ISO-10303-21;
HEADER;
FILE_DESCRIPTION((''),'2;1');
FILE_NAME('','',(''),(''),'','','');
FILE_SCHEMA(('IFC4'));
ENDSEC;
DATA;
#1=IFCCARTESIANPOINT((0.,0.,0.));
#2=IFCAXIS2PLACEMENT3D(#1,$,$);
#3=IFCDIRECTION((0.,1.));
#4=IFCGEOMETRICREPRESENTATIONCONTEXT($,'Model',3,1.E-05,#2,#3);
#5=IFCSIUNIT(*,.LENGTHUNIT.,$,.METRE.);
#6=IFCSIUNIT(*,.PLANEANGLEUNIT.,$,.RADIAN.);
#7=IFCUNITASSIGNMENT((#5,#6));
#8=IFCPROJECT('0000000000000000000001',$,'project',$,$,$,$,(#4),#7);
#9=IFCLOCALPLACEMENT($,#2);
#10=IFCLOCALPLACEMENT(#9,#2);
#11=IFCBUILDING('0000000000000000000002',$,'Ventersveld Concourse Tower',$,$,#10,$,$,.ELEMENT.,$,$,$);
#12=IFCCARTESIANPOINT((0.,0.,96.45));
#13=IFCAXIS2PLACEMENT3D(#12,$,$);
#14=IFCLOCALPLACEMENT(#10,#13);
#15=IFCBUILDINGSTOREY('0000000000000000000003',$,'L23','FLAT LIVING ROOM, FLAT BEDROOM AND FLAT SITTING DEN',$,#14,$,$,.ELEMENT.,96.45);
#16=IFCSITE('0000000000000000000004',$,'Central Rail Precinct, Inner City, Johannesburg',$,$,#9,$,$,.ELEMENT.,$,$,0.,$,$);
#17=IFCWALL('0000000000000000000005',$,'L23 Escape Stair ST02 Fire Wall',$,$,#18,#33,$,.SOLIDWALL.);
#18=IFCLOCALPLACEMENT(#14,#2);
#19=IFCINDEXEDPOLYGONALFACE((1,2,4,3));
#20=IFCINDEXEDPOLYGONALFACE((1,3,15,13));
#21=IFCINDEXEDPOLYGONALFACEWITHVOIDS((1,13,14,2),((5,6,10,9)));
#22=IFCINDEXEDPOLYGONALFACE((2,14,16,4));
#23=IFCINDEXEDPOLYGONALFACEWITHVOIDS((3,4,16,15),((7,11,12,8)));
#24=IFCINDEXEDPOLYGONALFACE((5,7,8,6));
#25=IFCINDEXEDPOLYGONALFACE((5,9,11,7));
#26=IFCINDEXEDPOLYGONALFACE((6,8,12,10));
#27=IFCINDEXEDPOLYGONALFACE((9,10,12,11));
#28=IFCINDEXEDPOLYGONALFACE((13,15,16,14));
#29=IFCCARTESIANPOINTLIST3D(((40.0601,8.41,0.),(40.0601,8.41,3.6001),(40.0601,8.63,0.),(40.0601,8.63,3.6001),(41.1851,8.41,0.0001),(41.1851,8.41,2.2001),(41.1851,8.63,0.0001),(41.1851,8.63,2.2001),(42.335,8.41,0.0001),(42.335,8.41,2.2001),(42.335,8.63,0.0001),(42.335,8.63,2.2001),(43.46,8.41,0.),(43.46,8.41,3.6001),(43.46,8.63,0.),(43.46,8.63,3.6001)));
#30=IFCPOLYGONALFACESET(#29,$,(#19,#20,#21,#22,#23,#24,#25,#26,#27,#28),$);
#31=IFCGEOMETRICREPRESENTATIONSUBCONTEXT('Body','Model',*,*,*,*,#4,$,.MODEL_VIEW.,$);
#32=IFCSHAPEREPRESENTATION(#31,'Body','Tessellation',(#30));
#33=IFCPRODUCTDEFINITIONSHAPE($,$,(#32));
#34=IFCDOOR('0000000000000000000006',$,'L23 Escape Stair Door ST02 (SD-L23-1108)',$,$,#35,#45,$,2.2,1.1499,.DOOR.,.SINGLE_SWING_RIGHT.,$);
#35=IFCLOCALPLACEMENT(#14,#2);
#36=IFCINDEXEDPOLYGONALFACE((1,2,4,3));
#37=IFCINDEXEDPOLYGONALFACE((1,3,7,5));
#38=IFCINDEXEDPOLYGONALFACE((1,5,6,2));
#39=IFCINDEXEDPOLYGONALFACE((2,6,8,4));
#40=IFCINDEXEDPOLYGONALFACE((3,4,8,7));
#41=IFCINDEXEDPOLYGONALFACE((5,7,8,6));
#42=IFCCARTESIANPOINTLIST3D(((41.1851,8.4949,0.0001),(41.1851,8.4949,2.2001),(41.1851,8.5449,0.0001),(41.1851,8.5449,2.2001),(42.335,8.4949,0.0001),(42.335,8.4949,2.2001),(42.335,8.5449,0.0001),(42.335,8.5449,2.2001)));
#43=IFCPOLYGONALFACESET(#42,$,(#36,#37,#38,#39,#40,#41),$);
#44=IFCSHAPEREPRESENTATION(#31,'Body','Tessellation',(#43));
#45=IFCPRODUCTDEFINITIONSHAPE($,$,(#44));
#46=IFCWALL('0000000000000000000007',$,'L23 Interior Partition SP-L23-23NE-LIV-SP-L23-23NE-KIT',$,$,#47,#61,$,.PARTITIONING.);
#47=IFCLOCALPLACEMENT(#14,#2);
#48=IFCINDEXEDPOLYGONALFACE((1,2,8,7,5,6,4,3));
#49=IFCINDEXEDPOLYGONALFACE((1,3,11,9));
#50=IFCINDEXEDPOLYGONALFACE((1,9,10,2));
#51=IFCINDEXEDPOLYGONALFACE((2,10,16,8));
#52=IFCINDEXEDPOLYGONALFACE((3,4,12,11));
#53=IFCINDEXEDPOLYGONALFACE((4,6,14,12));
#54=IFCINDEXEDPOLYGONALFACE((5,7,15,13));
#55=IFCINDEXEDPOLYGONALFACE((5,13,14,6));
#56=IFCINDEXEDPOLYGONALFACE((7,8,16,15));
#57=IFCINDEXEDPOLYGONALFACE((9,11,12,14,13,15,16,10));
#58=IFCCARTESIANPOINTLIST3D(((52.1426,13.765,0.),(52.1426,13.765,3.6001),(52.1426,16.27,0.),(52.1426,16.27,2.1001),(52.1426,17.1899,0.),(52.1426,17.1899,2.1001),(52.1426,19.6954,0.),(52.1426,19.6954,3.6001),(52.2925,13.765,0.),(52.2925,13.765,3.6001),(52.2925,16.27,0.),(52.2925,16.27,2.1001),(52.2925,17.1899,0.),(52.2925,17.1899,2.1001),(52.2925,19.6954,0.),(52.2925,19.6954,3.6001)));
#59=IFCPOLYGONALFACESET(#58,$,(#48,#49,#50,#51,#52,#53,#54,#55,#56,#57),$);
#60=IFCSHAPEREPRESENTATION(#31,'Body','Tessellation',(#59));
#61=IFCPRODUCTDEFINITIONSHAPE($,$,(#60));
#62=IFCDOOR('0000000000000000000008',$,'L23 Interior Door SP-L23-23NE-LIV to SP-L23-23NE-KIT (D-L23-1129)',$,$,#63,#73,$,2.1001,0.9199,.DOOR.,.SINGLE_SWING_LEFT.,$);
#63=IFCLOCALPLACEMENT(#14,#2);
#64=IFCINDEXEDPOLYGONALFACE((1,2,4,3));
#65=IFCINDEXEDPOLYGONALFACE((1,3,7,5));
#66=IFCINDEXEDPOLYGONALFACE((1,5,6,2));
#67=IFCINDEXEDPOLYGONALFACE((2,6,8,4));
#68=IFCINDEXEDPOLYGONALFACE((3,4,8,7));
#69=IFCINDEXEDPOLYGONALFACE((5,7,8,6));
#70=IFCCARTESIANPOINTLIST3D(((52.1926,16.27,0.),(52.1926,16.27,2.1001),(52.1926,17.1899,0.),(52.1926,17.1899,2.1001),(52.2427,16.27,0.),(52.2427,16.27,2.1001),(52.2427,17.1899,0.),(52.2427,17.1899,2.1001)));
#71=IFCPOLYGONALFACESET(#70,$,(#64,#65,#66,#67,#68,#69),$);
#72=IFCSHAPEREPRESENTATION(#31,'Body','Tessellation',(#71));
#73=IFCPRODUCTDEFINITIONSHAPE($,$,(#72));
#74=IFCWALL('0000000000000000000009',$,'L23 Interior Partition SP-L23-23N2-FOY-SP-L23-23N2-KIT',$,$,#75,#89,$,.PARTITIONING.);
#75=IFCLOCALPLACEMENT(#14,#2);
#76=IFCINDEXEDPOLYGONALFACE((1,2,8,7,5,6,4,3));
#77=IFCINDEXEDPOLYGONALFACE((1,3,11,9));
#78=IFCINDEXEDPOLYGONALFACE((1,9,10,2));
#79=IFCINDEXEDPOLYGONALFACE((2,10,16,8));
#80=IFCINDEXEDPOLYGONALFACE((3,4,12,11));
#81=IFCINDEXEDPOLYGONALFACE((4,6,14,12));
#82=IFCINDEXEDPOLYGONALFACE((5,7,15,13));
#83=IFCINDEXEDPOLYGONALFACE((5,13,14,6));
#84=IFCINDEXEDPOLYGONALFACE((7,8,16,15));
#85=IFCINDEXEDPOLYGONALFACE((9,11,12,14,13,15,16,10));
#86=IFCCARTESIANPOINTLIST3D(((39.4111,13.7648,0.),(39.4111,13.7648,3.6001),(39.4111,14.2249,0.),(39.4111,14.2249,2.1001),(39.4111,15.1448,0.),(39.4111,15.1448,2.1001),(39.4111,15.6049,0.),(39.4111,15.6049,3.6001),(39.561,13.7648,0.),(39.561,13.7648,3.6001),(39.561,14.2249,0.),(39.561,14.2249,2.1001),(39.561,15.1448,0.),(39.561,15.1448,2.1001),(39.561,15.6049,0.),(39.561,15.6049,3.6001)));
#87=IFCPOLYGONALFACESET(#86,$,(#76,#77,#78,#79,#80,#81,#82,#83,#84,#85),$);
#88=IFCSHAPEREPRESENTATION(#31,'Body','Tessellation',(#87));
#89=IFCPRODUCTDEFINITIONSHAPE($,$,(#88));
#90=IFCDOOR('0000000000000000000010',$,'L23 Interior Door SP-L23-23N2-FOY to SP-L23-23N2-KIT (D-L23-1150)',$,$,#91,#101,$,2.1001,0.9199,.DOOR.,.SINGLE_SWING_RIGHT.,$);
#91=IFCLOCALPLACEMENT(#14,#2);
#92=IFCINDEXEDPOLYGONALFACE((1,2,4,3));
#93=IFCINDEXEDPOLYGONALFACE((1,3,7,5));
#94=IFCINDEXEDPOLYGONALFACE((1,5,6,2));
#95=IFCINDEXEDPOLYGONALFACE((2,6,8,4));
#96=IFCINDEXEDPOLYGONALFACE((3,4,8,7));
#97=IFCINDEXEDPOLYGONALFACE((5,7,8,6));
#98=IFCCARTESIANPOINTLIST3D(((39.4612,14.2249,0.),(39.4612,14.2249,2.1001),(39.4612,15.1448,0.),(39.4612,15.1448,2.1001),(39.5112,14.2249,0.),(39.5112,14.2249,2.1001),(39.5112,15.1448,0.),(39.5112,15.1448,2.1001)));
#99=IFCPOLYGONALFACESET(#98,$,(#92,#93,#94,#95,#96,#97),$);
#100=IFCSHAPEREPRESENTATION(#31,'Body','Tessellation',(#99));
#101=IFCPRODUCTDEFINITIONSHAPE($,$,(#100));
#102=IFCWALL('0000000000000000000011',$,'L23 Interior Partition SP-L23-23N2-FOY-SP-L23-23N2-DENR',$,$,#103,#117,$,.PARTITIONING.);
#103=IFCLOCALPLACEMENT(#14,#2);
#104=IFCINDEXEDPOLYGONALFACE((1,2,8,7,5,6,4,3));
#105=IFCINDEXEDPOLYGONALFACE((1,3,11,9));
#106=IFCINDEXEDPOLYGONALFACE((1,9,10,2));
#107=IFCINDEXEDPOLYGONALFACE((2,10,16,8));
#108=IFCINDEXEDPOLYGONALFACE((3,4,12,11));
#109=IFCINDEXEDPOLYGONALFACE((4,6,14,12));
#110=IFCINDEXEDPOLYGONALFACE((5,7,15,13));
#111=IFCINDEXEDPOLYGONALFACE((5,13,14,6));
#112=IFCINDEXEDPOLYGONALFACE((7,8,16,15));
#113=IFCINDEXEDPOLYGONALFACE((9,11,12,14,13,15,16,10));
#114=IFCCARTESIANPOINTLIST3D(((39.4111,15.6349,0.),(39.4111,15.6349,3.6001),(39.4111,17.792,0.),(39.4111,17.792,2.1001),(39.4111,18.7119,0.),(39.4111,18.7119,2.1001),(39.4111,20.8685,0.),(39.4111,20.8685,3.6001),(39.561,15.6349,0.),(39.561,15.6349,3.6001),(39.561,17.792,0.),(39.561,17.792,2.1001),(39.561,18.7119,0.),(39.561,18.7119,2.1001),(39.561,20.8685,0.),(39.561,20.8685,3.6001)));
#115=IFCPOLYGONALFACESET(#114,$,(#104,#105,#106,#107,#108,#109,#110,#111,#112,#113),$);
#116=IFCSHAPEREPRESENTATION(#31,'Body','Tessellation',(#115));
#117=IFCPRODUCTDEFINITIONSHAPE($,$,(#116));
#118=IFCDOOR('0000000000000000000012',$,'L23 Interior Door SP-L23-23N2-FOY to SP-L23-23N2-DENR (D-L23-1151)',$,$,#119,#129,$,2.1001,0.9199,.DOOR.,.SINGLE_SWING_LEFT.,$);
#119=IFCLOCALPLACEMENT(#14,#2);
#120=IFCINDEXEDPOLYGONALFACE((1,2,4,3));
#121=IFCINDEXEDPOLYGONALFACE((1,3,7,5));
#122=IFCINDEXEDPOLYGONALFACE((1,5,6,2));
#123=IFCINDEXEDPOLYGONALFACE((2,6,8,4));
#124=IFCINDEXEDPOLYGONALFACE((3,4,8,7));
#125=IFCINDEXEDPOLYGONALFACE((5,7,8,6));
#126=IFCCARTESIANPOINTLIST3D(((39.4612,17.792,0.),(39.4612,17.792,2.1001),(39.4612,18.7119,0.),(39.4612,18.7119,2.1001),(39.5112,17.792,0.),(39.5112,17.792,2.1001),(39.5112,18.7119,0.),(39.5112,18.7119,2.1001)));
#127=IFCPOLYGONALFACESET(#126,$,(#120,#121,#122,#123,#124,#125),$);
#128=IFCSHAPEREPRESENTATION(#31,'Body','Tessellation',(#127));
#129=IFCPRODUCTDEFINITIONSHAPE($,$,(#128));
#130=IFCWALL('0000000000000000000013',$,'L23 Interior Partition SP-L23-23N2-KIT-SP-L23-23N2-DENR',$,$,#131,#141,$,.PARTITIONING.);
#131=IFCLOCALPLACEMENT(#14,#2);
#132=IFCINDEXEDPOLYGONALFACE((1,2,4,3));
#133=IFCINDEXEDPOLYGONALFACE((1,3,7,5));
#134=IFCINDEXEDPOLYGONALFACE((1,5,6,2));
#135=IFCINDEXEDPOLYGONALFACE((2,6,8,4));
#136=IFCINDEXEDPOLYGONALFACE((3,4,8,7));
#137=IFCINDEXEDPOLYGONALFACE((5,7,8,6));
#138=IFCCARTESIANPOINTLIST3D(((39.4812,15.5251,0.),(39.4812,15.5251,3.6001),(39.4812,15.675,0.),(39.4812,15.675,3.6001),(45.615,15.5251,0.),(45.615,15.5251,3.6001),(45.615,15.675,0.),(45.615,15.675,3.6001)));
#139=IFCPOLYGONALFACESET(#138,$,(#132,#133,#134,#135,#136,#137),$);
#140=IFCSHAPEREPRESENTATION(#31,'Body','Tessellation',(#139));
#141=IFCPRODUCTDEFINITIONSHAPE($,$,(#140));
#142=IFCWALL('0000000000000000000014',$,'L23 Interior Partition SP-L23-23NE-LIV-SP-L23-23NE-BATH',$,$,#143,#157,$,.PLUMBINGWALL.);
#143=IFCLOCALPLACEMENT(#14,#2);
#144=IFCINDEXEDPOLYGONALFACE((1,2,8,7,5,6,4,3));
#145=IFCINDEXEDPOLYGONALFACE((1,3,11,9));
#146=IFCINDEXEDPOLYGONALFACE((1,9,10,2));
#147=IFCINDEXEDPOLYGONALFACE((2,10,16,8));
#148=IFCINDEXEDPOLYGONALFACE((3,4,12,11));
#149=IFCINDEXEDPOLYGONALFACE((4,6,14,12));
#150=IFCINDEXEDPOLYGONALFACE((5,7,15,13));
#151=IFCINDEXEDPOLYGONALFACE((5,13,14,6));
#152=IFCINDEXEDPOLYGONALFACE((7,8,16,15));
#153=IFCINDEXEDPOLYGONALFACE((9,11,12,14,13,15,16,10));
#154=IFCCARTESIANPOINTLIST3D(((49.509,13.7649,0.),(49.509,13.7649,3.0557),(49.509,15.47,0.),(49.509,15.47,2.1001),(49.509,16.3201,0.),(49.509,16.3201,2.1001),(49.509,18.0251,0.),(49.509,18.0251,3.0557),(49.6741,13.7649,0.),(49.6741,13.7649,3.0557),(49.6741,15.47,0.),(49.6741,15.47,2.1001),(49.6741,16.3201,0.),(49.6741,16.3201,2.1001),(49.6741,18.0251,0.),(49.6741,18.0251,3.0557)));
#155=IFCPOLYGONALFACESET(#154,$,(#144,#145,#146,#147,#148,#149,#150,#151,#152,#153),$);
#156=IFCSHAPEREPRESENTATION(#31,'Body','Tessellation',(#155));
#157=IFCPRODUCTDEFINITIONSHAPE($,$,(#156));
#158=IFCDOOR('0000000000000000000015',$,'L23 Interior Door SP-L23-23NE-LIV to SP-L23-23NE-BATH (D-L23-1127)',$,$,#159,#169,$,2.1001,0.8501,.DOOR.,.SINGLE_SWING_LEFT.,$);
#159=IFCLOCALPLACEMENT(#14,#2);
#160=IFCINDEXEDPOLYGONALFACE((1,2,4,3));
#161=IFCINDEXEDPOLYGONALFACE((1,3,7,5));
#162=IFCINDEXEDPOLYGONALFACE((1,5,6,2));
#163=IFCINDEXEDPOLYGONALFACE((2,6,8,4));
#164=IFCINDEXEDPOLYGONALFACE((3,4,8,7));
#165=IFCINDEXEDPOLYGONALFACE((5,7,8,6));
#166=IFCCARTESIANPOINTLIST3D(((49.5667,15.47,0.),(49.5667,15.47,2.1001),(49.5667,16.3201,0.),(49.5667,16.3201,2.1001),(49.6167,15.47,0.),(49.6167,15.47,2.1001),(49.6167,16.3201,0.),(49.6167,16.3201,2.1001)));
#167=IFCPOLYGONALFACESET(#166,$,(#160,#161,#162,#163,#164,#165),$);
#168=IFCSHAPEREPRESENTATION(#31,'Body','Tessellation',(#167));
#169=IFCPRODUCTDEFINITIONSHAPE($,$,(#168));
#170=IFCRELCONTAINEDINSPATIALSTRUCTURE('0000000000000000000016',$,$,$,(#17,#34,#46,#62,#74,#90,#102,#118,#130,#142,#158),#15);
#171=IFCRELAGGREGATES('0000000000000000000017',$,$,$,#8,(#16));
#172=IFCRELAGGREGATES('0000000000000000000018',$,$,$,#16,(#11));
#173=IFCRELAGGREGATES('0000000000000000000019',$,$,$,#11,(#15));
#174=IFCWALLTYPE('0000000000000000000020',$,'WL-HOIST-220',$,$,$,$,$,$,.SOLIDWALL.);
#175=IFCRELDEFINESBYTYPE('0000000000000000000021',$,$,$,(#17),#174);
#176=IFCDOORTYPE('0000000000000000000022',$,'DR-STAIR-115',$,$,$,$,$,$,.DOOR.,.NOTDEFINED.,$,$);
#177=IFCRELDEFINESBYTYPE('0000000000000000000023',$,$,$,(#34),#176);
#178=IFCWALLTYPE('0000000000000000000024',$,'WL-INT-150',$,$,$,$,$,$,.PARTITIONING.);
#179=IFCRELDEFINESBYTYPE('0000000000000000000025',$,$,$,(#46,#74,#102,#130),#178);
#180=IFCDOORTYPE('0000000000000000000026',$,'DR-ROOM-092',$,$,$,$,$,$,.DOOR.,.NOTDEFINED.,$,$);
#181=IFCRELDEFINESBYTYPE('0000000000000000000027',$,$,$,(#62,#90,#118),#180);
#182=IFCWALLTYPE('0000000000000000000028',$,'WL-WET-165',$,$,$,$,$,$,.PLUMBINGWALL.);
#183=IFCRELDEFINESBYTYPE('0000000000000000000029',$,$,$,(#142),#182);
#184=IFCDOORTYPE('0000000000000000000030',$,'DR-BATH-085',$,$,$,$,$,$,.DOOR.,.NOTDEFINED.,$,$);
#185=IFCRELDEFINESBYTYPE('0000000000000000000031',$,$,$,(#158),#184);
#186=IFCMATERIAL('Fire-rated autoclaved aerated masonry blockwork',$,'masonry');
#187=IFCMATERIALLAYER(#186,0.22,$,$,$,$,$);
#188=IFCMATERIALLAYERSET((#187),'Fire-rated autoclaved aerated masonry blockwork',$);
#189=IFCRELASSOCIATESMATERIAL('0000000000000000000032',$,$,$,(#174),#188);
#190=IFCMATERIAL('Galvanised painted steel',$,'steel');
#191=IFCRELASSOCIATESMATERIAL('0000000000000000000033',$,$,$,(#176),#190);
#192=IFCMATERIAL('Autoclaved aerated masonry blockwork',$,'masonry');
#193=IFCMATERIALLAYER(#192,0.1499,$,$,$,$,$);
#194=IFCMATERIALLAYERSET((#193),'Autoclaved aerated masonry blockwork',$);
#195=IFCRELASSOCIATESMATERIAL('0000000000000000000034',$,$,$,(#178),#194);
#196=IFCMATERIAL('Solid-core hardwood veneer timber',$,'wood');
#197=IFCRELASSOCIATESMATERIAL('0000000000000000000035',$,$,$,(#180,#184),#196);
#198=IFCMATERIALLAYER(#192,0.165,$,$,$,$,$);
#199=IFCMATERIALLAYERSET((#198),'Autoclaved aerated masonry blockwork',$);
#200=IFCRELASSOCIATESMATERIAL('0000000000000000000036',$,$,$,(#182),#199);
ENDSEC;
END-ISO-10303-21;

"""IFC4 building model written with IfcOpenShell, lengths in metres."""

from ifc_helpers import new_model, si_unit, direction, frame, frame_2d, origin, place, context, subcontext, project, spatial, rectangle, extrude, material, layer, layer_set, type_object, element, fill, save


model = new_model("IFC4")

# Units and contexts
model_context = context("Model", 3, precision=1e-05, world=origin(), true_north=direction((0.0, 1.0)))
body_context = subcontext(model_context, "Body", "Model", "MODEL_VIEW")
ifc_project = project(units=[si_unit("LENGTHUNIT", "METRE"), si_unit("PLANEANGLEUNIT", "RADIAN")], contexts=[model_context])

# Site, building, storey
site_placement = place(None, origin())
site = spatial("IfcSite", under=ifc_project, at=site_placement, Name="Central Rail Precinct, Inner City, Johannesburg", CompositionType="ELEMENT", RefElevation=0.0)
building_placement = place(site_placement, origin())
building = spatial("IfcBuilding", under=site, at=building_placement, Name="Ventersveld Concourse Tower", CompositionType="ELEMENT")
storey_placement = place(building_placement, frame((0.0, 0.0, 96.45)))
storey = spatial("IfcBuildingStorey", under=building, at=storey_placement, Name="L23", Description="FLAT LIVING ROOM, FLAT BEDROOM AND FLAT SITTING DEN", CompositionType="ELEMENT", Elevation=96.45)

# Shared definitions
ifc_material_1 = material(Name="Fire-rated autoclaved aerated masonry blockwork", Category="masonry")
ifc_material_2 = material(Name="Solid-core hardwood veneer timber", Category="wood")

# Walls, openings, doors
ifc_layer_1 = layer(ifc_material_1, 0.22)
ifc_layer_set_1 = layer_set([ifc_layer_1], Name="Fire-rated autoclaved aerated masonry blockwork")
wall_type_1 = type_object("IfcWallType", Name="WL-HOIST-220", PredefinedType="SOLIDWALL", material=ifc_layer_set_1)
wall_1_placement = place(storey_placement, frame((40.0601, 8.52, 0.0), z_axis=(0.0, 0.0, 1.0), x_axis=(1.0, 0.0, 0.0)))
wall_1 = element("IfcWall", 1, at=wall_1_placement, inside=storey, type_object=wall_type_1, Name="L23 Escape Stair ST02 Fire Wall", PredefinedType="SOLIDWALL", context=body_context, shape_type="SweptSolid", body=[
    extrude(rectangle(XDim=3.3999, YDim=0.22, at=frame_2d((1.7, 0.0))), origin(), (0.0, 0.0, 1.0), 3.6001),
])
opening_1_placement = place(wall_1_placement, frame((1.125, 0.0, 0.0)))
opening_1 = element("IfcOpeningElement", 2, at=opening_1_placement, cuts=wall_1, PredefinedType="OPENING", context=body_context, shape_type="SweptSolid", body=[
    extrude(rectangle(XDim=1.1499, YDim=2.2, at=frame_2d((0.575, 1.1001))), frame((0.0, 0.1201, 0.0), z_axis=(0.0, -1.0, 0.0), x_axis=(1.0, 0.0, 0.0)), (0.0, 0.0, 1.0), 0.24),
])
ifc_material_3 = material(Name="Galvanised painted steel", Category="steel")
door_type_1 = type_object("IfcDoorType", Name="DR-STAIR-115", OperationType="NOTDEFINED", PredefinedType="DOOR", material=ifc_material_3)
door_1_placement = place(opening_1_placement, origin())
door_1 = element("IfcDoor", 3, at=door_1_placement, inside=storey, type_object=door_type_1, Name="L23 Escape Stair Door ST02 (SD-L23-1108)", OperationType="SINGLE_SWING_RIGHT", OverallHeight=2.2, OverallWidth=1.1499, PredefinedType="DOOR", context=body_context, shape_type="SweptSolid", body=[
    extrude(rectangle(XDim=1.1499, YDim=2.2, at=frame_2d((0.575, 1.1001))), frame((0.0, 0.0249, 0.0), z_axis=(0.0, -1.0, 0.0), x_axis=(1.0, 0.0, 0.0)), (0.0, 0.0, 1.0), 0.05),
])
fill(opening_1, door_1)
ifc_material_4 = material(Name="Autoclaved aerated masonry blockwork", Category="masonry")
ifc_layer_2 = layer(ifc_material_4, 0.1499)
ifc_layer_set_2 = layer_set([ifc_layer_2], Name="Autoclaved aerated masonry blockwork")
wall_type_2 = type_object("IfcWallType", Name="WL-INT-150", PredefinedType="PARTITIONING", material=ifc_layer_set_2)
wall_2_placement = place(storey_placement, frame((52.2175, 13.7649, 0.0), z_axis=(0.0, 0.0, 1.0), x_axis=(0.0, 1.0, 0.0)))
wall_2 = element("IfcWall", 4, at=wall_2_placement, inside=storey, type_object=wall_type_2, Name="L23 Interior Partition SP-L23-23NE-LIV-SP-L23-23NE-KIT", PredefinedType="PARTITIONING", context=body_context, shape_type="SweptSolid", body=[
    extrude(rectangle(XDim=5.9304, YDim=0.1499, at=frame_2d((2.9653, 0.0))), origin(), (0.0, 0.0, 1.0), 3.6001),
])
opening_2_placement = place(wall_2_placement, frame((2.5051, 0.0, 0.0)))
opening_2 = element("IfcOpeningElement", 5, at=opening_2_placement, cuts=wall_2, PredefinedType="OPENING", context=body_context, shape_type="SweptSolid", body=[
    extrude(rectangle(XDim=0.9199, YDim=2.1001, at=frame_2d((0.46, 1.05))), frame((0.0, 0.085, 0.0), z_axis=(0.0, -1.0, 0.0), x_axis=(1.0, 0.0, 0.0)), (0.0, 0.0, 1.0), 0.1699),
])
door_type_2 = type_object("IfcDoorType", Name="DR-ROOM-092", OperationType="NOTDEFINED", PredefinedType="DOOR", material=ifc_material_2)
door_2_placement = place(opening_2_placement, origin())
door_2 = element("IfcDoor", 6, at=door_2_placement, inside=storey, type_object=door_type_2, Name="L23 Interior Door SP-L23-23NE-LIV to SP-L23-23NE-KIT (D-L23-1129)", OperationType="SINGLE_SWING_LEFT", OverallHeight=2.1001, OverallWidth=0.9199, PredefinedType="DOOR", context=body_context, shape_type="SweptSolid", body=[
    extrude(rectangle(XDim=0.9199, YDim=2.1001, at=frame_2d((0.46, 1.05))), frame((0.0, 0.0249, 0.0), z_axis=(0.0, -1.0, 0.0), x_axis=(1.0, 0.0, 0.0)), (0.0, 0.0, 1.0), 0.05),
])
fill(opening_2, door_2)
wall_3_placement = place(storey_placement, frame((39.4861, 13.7649, 0.0), z_axis=(0.0, 0.0, 1.0), x_axis=(0.0, 1.0, 0.0)))
wall_3 = element("IfcWall", 7, at=wall_3_placement, inside=storey, type_object=wall_type_2, Name="L23 Interior Partition SP-L23-23N2-FOY-SP-L23-23N2-KIT", PredefinedType="PARTITIONING", context=body_context, shape_type="SweptSolid", body=[
    extrude(rectangle(XDim=1.8401, YDim=0.1499, at=frame_2d((0.9199, 0.0))), origin(), (0.0, 0.0, 1.0), 3.6001),
])
opening_3_placement = place(wall_3_placement, frame((0.46, 0.0, 0.0)))
opening_3 = element("IfcOpeningElement", 8, at=opening_3_placement, cuts=wall_3, PredefinedType="OPENING", context=body_context, shape_type="SweptSolid", body=[
    extrude(rectangle(XDim=0.9199, YDim=2.1001, at=frame_2d((0.46, 1.05))), frame((0.0, 0.085, 0.0), z_axis=(0.0, -1.0, 0.0), x_axis=(1.0, 0.0, 0.0)), (0.0, 0.0, 1.0), 0.1699),
])
door_3_placement = place(opening_3_placement, origin())
door_3 = element("IfcDoor", 9, at=door_3_placement, inside=storey, type_object=door_type_2, Name="L23 Interior Door SP-L23-23N2-FOY to SP-L23-23N2-KIT (D-L23-1150)", OperationType="SINGLE_SWING_RIGHT", OverallHeight=2.1001, OverallWidth=0.9199, PredefinedType="DOOR", context=body_context, shape_type="SweptSolid", body=[
    extrude(rectangle(XDim=0.9199, YDim=2.1001, at=frame_2d((0.46, 1.05))), frame((0.0, 0.0249, 0.0), z_axis=(0.0, -1.0, 0.0), x_axis=(1.0, 0.0, 0.0)), (0.0, 0.0, 1.0), 0.05),
])
fill(opening_3, door_3)
wall_4_placement = place(storey_placement, frame((39.4861, 15.635, 0.0), z_axis=(0.0, 0.0, 1.0), x_axis=(0.0, 1.0, 0.0)))
wall_4 = element("IfcWall", 10, at=wall_4_placement, inside=storey, type_object=wall_type_2, Name="L23 Interior Partition SP-L23-23N2-FOY-SP-L23-23N2-DENR", PredefinedType="PARTITIONING", context=body_context, shape_type="SweptSolid", body=[
    extrude(rectangle(XDim=5.2336, YDim=0.1499, at=frame_2d((2.6167, 0.0))), origin(), (0.0, 0.0, 1.0), 3.6001),
])
opening_4_placement = place(wall_4_placement, frame((2.157, 0.0, 0.0)))
opening_4 = element("IfcOpeningElement", 11, at=opening_4_placement, cuts=wall_4, PredefinedType="OPENING", context=body_context, shape_type="SweptSolid", body=[
    extrude(rectangle(XDim=0.9199, YDim=2.1001, at=frame_2d((0.46, 1.05))), frame((0.0, 0.085, 0.0), z_axis=(0.0, -1.0, 0.0), x_axis=(1.0, 0.0, 0.0)), (0.0, 0.0, 1.0), 0.1699),
])
door_4_placement = place(opening_4_placement, origin())
door_4 = element("IfcDoor", 12, at=door_4_placement, inside=storey, type_object=door_type_2, Name="L23 Interior Door SP-L23-23N2-FOY to SP-L23-23N2-DENR (D-L23-1151)", OperationType="SINGLE_SWING_LEFT", OverallHeight=2.1001, OverallWidth=0.9199, PredefinedType="DOOR", context=body_context, shape_type="SweptSolid", body=[
    extrude(rectangle(XDim=0.9199, YDim=2.1001, at=frame_2d((0.46, 1.05))), frame((0.0, 0.0249, 0.0), z_axis=(0.0, -1.0, 0.0), x_axis=(1.0, 0.0, 0.0)), (0.0, 0.0, 1.0), 0.05),
])
fill(opening_4, door_4)

# Wall
wall_5_placement = place(storey_placement, frame((39.4812, 15.6001, 0.0), z_axis=(0.0, 0.0, 1.0), x_axis=(1.0, 0.0, 0.0)))
element("IfcWall", 13, at=wall_5_placement, inside=storey, type_object=wall_type_2, Name="L23 Interior Partition SP-L23-23N2-KIT-SP-L23-23N2-DENR", PredefinedType="PARTITIONING", context=body_context, shape_type="SweptSolid", body=[
    extrude(rectangle(XDim=6.1338, YDim=0.1499, at=frame_2d((3.0669, 0.0))), origin(), (0.0, 0.0, 1.0), 3.6001),
])

# Wall, opening, door
ifc_layer_3 = layer(ifc_material_4, 0.165)
ifc_layer_set_3 = layer_set([ifc_layer_3], Name="Autoclaved aerated masonry blockwork")
wall_type_3 = type_object("IfcWallType", Name="WL-WET-165", PredefinedType="PLUMBINGWALL", material=ifc_layer_set_3)
wall_6_placement = place(storey_placement, frame((49.5916, 13.7649, 0.0), z_axis=(0.0, 0.0, 1.0), x_axis=(0.0, 1.0, 0.0)))
wall_6 = element("IfcWall", 14, at=wall_6_placement, inside=storey, type_object=wall_type_3, Name="L23 Interior Partition SP-L23-23NE-LIV-SP-L23-23NE-BATH", PredefinedType="PLUMBINGWALL", context=body_context, shape_type="SweptSolid", body=[
    extrude(rectangle(XDim=4.2603, YDim=0.165, at=frame_2d((2.1301, 0.0))), origin(), (0.0, 0.0, 1.0), 3.0557),
])
opening_5_placement = place(wall_6_placement, frame((1.7051, 0.0, 0.0)))
opening_5 = element("IfcOpeningElement", 15, at=opening_5_placement, cuts=wall_6, PredefinedType="OPENING", context=body_context, shape_type="SweptSolid", body=[
    extrude(rectangle(XDim=0.8501, YDim=2.1001, at=frame_2d((0.425, 1.05))), frame((0.0, 0.0925, 0.0), z_axis=(0.0, -1.0, 0.0), x_axis=(1.0, 0.0, 0.0)), (0.0, 0.0, 1.0), 0.1851),
])
door_type_3 = type_object("IfcDoorType", Name="DR-BATH-085", OperationType="NOTDEFINED", PredefinedType="DOOR", material=ifc_material_2)
door_5_placement = place(opening_5_placement, origin())
door_5 = element("IfcDoor", 16, at=door_5_placement, inside=storey, type_object=door_type_3, Name="L23 Interior Door SP-L23-23NE-LIV to SP-L23-23NE-BATH (D-L23-1127)", OperationType="SINGLE_SWING_LEFT", OverallHeight=2.1001, OverallWidth=0.8501, PredefinedType="DOOR", context=body_context, shape_type="SweptSolid", body=[
    extrude(rectangle(XDim=0.8501, YDim=2.1001, at=frame_2d((0.425, 1.05))), frame((0.0, 0.0249, 0.0), z_axis=(0.0, -1.0, 0.0), x_axis=(1.0, 0.0, 0.0)), (0.0, 0.0, 1.0), 0.05),
])
fill(opening_5, door_5)

save(model, "model.ifc")
